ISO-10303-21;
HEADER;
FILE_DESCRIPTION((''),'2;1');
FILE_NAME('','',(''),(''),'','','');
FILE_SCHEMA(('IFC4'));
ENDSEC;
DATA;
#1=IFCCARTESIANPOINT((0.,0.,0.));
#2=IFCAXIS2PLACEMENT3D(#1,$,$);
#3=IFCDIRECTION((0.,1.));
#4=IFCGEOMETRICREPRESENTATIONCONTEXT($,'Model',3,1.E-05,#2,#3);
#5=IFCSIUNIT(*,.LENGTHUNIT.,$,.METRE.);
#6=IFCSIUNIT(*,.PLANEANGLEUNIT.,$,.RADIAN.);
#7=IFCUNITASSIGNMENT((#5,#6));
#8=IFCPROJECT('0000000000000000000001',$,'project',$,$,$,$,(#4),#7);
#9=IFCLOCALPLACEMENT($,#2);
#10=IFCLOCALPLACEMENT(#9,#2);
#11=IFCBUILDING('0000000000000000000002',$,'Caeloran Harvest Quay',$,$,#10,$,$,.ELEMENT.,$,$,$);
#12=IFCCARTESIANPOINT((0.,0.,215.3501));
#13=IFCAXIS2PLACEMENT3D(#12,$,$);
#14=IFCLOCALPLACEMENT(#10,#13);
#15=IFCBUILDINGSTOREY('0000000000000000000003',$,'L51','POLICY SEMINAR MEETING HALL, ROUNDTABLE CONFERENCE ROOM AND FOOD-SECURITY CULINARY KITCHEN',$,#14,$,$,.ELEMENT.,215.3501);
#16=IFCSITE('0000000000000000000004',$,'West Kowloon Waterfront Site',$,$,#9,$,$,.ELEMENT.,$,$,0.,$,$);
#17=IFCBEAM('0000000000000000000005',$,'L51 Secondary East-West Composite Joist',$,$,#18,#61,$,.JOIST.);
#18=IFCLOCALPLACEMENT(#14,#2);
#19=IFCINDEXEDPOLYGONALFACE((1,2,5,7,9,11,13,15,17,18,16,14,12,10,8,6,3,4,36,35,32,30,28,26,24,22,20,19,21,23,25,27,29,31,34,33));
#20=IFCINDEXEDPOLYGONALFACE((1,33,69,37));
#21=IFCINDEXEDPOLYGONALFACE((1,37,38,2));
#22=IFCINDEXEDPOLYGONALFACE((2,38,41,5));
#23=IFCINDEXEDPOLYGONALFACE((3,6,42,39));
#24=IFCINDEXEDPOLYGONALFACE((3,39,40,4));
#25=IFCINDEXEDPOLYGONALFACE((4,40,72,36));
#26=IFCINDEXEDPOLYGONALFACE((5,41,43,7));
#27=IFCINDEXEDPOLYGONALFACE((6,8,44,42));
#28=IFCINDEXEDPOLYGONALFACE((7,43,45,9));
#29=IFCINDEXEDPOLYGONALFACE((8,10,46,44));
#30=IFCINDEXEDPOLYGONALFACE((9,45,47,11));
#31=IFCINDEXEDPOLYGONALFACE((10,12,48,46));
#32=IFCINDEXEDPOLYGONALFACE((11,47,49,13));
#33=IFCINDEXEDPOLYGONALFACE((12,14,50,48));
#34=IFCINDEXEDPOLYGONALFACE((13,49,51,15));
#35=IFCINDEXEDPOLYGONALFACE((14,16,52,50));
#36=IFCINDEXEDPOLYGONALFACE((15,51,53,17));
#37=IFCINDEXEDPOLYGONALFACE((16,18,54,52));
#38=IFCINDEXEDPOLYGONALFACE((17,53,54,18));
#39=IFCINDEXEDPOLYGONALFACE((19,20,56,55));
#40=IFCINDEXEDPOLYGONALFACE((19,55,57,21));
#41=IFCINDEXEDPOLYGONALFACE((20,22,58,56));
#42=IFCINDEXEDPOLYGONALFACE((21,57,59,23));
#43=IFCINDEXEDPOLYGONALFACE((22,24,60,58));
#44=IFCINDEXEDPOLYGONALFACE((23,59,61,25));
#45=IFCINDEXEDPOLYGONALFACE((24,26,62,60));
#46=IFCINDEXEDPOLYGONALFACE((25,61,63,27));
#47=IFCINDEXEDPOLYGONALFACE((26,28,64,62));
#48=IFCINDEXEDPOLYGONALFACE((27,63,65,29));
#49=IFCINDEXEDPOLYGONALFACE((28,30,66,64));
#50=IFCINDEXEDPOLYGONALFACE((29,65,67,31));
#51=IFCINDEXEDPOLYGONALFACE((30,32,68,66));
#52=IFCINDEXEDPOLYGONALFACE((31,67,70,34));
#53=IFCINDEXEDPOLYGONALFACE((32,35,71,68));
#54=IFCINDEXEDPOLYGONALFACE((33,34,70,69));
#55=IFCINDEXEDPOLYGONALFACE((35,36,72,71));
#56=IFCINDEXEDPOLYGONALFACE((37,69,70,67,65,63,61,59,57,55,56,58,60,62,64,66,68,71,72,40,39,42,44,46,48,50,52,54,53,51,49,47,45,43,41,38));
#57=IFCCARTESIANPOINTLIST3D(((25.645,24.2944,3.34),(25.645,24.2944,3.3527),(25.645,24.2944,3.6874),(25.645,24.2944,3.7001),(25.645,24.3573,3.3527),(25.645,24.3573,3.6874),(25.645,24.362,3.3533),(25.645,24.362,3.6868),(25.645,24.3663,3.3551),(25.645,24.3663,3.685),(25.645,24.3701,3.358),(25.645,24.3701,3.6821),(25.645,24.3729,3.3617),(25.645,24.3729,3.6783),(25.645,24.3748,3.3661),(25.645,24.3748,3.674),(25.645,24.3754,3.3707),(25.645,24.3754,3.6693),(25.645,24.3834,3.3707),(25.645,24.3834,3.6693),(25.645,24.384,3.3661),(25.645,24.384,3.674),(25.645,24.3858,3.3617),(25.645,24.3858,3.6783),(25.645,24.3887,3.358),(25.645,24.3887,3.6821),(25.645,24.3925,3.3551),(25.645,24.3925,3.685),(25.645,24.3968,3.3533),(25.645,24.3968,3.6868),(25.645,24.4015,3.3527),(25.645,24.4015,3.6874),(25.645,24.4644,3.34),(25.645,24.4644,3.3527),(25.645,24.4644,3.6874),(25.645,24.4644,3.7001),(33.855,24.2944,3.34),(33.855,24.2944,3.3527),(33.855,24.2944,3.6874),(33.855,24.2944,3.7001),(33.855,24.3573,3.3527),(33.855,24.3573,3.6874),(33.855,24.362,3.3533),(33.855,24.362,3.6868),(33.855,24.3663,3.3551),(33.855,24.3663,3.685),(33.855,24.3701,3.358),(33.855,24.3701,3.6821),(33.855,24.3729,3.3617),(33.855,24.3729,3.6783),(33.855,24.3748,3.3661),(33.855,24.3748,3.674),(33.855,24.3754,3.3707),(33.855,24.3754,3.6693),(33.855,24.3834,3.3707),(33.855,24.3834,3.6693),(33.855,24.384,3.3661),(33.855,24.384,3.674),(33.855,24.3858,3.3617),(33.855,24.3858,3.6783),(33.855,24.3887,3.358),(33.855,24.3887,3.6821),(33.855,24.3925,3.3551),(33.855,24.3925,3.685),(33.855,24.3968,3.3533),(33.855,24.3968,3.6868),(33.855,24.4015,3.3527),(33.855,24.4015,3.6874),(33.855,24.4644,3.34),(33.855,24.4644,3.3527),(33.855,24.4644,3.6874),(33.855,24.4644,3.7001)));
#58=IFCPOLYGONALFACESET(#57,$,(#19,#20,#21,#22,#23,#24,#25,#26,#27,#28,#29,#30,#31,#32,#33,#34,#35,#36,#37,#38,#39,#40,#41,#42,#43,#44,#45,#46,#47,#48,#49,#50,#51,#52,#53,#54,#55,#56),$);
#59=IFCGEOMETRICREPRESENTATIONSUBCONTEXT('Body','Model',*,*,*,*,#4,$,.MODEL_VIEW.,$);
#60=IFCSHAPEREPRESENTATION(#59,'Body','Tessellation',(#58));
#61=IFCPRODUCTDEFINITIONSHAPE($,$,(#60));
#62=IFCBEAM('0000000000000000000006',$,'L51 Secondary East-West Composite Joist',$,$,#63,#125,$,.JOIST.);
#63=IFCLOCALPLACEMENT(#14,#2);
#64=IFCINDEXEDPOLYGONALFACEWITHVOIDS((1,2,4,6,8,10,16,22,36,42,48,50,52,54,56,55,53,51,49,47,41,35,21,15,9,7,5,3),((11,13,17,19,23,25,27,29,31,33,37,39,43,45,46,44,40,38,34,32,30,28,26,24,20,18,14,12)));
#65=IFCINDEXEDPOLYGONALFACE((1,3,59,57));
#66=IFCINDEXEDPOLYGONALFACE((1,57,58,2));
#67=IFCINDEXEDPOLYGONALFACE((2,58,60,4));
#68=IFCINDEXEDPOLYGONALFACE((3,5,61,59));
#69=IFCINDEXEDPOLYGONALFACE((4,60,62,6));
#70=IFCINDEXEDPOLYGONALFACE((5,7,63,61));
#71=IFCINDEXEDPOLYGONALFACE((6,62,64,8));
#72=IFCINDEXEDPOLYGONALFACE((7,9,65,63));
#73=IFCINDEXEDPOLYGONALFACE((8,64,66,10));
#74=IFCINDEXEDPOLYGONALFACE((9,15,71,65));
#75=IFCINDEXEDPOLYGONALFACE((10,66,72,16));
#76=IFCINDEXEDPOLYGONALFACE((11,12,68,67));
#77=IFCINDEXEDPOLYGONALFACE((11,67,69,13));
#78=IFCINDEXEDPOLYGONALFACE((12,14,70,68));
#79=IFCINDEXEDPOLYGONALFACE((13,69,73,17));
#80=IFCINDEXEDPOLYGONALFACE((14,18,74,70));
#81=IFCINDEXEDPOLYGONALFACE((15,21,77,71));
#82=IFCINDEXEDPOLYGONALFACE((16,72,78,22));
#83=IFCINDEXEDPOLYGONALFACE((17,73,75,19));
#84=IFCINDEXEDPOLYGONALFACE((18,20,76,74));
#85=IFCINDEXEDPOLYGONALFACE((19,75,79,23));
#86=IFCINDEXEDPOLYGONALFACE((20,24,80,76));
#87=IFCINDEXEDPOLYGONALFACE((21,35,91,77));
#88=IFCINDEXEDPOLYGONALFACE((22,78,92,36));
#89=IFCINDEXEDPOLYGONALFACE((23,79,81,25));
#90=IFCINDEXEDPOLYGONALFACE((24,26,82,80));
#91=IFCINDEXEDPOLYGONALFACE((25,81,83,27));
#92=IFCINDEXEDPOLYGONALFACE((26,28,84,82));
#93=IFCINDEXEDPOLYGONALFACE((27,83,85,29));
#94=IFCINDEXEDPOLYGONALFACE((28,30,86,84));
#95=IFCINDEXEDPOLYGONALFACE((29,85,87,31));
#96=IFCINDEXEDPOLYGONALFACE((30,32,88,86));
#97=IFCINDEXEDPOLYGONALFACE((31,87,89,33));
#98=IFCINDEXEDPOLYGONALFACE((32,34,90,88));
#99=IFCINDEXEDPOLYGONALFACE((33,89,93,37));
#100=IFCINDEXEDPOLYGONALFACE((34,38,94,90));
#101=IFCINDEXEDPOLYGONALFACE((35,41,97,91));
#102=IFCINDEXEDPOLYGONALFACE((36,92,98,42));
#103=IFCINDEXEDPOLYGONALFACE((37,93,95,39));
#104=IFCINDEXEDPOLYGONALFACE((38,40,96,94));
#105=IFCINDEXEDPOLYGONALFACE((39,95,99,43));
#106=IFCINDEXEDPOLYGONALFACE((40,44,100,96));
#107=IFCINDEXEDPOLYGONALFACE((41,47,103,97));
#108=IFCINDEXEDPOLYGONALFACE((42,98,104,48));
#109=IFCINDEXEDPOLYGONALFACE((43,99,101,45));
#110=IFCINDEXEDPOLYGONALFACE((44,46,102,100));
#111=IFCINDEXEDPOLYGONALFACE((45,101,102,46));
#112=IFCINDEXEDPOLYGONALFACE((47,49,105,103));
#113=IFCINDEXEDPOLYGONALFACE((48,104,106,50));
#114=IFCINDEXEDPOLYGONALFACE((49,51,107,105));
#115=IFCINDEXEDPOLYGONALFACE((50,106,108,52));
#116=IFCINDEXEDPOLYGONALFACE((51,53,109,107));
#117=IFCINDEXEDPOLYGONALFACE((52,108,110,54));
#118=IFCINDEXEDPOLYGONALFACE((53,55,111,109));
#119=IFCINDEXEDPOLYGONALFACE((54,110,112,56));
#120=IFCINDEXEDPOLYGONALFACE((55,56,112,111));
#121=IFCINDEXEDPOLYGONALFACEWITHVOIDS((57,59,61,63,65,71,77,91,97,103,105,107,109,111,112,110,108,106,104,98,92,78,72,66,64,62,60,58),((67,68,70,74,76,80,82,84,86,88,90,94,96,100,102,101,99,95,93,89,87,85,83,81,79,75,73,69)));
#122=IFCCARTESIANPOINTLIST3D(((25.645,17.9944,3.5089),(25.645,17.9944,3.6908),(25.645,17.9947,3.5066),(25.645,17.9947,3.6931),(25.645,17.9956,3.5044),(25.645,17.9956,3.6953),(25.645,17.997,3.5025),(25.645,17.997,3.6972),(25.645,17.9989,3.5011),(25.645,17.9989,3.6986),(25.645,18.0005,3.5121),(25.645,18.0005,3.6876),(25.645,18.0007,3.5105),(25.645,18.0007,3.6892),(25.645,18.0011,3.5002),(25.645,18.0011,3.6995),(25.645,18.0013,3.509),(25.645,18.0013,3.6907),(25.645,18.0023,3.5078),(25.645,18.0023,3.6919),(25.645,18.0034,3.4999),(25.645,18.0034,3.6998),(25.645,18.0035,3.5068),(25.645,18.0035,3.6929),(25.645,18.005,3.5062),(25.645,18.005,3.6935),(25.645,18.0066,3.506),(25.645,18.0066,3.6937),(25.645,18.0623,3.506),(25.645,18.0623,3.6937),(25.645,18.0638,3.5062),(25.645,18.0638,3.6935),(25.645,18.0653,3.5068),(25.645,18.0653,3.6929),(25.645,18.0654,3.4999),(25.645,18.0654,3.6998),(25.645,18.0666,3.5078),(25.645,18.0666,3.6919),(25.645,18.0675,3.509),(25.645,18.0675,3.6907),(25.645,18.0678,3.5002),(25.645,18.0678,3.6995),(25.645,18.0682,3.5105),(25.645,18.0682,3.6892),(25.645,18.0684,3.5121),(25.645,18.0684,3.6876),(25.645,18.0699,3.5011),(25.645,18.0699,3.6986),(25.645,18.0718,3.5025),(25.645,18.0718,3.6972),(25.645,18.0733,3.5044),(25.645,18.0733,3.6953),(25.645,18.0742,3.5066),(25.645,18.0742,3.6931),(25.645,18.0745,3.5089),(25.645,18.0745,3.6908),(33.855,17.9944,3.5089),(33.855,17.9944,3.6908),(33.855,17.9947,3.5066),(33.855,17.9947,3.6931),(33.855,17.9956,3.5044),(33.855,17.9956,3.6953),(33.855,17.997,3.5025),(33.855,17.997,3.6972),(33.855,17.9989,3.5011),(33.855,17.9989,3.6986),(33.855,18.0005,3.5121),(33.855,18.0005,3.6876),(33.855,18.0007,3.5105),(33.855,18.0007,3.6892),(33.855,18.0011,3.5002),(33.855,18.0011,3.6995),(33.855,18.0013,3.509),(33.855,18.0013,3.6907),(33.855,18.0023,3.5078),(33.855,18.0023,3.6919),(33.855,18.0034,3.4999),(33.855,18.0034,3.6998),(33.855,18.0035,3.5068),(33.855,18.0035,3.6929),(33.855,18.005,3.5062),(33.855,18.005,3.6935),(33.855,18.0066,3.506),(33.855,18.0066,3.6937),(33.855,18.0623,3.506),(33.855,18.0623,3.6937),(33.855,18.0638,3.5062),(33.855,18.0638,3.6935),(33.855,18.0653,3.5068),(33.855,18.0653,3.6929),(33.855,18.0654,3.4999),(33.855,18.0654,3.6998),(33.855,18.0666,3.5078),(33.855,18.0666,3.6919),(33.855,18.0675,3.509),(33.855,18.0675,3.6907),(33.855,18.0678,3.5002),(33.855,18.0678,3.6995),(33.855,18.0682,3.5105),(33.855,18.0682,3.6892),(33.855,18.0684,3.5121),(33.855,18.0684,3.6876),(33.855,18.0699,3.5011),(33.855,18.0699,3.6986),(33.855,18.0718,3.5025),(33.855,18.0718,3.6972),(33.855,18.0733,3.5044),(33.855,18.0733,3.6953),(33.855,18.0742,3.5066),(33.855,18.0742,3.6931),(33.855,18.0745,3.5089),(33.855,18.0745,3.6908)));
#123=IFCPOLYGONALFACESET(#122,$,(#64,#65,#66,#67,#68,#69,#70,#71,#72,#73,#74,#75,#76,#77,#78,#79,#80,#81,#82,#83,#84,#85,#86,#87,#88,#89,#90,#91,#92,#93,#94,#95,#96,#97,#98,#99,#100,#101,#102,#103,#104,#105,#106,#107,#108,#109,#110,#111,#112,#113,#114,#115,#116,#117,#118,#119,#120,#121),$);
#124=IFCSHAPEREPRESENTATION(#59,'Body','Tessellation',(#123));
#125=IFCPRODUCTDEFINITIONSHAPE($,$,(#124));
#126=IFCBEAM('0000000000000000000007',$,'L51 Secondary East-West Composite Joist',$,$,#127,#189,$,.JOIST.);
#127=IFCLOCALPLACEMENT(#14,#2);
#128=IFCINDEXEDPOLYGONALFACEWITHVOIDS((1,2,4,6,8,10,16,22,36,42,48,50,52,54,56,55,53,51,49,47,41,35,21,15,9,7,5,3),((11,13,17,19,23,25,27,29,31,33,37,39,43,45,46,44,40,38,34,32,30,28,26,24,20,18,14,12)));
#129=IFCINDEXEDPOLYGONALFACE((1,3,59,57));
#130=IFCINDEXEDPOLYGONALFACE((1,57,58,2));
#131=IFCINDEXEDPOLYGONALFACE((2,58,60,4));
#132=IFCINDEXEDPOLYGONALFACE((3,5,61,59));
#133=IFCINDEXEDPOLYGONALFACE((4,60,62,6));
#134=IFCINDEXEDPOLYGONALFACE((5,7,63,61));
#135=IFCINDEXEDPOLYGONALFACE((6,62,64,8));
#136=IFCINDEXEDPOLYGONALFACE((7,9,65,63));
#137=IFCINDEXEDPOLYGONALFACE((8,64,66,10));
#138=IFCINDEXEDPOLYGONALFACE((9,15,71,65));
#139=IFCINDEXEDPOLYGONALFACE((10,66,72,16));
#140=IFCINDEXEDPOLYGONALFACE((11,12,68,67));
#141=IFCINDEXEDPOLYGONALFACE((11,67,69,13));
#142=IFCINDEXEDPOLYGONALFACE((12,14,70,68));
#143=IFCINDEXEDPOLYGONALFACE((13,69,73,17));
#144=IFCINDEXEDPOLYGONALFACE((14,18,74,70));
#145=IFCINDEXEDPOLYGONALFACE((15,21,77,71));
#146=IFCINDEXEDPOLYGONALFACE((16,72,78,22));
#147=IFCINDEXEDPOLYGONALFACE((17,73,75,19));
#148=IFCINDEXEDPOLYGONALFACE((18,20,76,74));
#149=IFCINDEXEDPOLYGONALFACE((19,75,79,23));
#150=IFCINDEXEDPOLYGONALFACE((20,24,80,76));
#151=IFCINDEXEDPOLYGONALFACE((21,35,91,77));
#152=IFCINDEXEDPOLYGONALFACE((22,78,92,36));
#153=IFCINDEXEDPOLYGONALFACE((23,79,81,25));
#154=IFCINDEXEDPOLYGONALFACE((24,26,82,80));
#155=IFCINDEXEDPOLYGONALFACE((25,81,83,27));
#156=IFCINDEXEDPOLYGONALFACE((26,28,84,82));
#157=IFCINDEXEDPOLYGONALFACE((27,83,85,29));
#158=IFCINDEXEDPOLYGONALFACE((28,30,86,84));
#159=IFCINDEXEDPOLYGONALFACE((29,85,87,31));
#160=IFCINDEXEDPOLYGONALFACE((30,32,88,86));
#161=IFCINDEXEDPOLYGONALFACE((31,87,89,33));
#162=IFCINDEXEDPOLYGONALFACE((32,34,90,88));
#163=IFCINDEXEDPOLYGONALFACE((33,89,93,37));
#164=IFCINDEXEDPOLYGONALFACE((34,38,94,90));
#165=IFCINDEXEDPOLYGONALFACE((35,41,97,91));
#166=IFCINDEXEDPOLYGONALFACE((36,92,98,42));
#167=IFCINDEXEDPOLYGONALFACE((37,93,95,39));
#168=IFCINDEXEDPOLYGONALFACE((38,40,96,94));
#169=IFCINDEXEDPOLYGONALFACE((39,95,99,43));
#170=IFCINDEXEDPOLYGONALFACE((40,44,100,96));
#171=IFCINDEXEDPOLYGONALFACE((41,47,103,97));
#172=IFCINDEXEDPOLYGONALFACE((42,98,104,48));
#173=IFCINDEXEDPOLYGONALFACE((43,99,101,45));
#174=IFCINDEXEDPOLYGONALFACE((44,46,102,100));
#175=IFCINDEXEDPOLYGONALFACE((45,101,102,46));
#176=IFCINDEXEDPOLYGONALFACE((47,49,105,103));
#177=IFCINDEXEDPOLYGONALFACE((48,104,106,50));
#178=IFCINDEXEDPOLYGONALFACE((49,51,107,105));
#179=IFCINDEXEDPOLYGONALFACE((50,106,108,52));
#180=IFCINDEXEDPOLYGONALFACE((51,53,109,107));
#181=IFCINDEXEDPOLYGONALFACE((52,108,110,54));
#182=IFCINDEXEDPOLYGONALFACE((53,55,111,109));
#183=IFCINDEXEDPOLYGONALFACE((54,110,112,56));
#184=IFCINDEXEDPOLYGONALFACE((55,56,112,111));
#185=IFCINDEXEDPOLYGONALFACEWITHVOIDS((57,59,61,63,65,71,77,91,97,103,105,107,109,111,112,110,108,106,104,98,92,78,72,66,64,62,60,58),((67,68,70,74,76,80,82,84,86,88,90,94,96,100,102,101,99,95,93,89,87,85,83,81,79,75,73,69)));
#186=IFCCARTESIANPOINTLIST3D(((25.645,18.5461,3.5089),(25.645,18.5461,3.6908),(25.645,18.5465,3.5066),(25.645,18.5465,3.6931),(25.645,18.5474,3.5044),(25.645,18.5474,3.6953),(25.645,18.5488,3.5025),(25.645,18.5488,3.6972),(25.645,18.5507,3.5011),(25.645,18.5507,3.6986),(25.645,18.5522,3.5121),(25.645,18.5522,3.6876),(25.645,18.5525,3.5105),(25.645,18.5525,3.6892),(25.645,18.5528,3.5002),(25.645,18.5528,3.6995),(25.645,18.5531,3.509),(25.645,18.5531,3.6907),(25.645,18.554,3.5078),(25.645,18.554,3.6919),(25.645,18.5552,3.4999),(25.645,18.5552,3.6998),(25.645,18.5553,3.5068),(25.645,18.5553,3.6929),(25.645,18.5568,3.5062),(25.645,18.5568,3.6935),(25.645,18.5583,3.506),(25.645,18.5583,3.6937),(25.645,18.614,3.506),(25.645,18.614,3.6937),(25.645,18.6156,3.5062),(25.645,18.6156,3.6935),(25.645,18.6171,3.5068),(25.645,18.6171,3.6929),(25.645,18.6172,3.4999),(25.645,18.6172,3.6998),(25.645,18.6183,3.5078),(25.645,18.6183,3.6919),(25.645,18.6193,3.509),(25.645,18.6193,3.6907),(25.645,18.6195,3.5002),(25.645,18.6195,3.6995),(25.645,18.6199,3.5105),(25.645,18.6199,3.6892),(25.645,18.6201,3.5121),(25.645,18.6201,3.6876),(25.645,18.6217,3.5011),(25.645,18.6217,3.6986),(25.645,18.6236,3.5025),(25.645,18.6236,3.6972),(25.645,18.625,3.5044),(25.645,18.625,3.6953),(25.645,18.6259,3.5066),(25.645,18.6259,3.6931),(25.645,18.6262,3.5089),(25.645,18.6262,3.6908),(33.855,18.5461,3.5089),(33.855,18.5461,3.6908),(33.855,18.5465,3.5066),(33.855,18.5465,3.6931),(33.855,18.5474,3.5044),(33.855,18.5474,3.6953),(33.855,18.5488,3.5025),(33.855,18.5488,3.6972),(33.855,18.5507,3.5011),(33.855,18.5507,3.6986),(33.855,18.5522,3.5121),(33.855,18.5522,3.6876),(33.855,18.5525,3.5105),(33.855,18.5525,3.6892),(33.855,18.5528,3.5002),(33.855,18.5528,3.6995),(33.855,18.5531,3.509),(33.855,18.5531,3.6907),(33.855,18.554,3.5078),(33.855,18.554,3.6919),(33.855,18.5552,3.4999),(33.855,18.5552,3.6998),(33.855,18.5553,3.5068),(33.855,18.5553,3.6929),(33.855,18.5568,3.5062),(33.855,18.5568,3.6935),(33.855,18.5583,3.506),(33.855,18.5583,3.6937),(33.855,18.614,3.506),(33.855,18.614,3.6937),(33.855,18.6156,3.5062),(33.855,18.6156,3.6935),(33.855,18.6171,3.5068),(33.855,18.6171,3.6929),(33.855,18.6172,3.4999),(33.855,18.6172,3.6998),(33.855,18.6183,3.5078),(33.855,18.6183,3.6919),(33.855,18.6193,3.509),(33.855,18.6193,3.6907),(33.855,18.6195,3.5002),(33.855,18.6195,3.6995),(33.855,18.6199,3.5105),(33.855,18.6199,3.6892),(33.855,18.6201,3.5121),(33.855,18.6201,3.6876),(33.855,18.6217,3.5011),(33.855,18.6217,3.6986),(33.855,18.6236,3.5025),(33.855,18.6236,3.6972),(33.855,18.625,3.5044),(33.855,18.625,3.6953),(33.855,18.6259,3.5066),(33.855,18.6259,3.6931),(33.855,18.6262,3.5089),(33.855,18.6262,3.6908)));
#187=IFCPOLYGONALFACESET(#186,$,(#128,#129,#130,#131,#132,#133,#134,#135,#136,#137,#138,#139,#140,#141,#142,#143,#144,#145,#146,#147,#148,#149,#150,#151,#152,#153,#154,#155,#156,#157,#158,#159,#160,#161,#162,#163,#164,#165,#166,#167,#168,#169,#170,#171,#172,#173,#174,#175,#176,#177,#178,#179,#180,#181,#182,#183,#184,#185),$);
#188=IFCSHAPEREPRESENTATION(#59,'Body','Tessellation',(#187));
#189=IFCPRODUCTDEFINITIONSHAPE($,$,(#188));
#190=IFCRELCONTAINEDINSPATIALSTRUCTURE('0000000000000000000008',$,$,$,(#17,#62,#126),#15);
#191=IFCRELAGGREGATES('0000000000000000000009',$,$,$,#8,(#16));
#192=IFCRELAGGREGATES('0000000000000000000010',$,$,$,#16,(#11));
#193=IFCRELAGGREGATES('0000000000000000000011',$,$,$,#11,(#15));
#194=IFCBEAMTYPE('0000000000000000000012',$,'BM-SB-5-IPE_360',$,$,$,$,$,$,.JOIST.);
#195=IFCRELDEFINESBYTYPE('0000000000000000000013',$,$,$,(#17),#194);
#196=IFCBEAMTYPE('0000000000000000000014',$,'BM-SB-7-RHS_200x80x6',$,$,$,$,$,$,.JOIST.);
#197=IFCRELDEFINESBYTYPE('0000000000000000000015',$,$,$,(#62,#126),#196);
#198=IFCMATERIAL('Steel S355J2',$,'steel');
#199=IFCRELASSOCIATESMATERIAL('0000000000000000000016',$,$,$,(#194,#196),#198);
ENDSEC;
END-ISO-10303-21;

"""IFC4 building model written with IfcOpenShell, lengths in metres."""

from ifc_helpers import new_model, si_unit, direction, frame, origin, origin_2d, place, context, subcontext, project, spatial, hollow_rectangle, i_section, extrude, material, material_profile, profile_set, type_object, element, save


model = new_model("IFC4")

# Units and contexts
model_context = context("Model", 3, precision=1e-05, world=origin(), true_north=direction((0.0, 1.0)))
body_context = subcontext(model_context, "Body", "Model", "MODEL_VIEW")
ifc_project = project(units=[si_unit("LENGTHUNIT", "METRE"), si_unit("PLANEANGLEUNIT", "RADIAN")], contexts=[model_context])

# Site, building, storey
site_placement = place(None, origin())
site = spatial("IfcSite", under=ifc_project, at=site_placement, Name="West Kowloon Waterfront Site", CompositionType="ELEMENT", RefElevation=0.0)
building_placement = place(site_placement, origin())
building = spatial("IfcBuilding", under=site, at=building_placement, Name="Caeloran Harvest Quay", CompositionType="ELEMENT")
storey_placement = place(building_placement, frame((0.0, 0.0, 215.3501)))
storey = spatial("IfcBuildingStorey", under=building, at=storey_placement, Name="L51", Description="POLICY SEMINAR MEETING HALL, ROUNDTABLE CONFERENCE ROOM AND FOOD-SECURITY CULINARY KITCHEN", CompositionType="ELEMENT", Elevation=215.3501)

# Beams
ifc_material_1 = material(Name="Steel S355J2", Category="steel")
ifc_material_profile_1 = material_profile(ifc_material_1, i_section(OverallWidth=0.1699, OverallDepth=0.3601, WebThickness=0.0081, FlangeThickness=0.0127, FilletRadius=0.0181, at=origin_2d()), Name="IPE 360")
ifc_profile_set_1 = profile_set([ifc_material_profile_1], Name="Steel S355J2")
beam_type_1 = type_object("IfcBeamType", Name="BM-SB-5-IPE_360", PredefinedType="JOIST", material=ifc_profile_set_1)
for number, where, z_axis, x_axis, name in (
    (1, (25.645, 24.3794, 3.52), (1.0, 0.0, 0.0), (0.0, 1.0, 0.0), "L51 Secondary East-West Composite Joist"),
):
    element("IfcBeam", number, at=place(storey_placement, frame(where, z_axis=z_axis, x_axis=x_axis)), inside=storey, type_object=beam_type_1, Name=name, PredefinedType="JOIST", context=body_context, shape_type="SweptSolid", body=[
        extrude(i_section(OverallWidth=0.1699, OverallDepth=0.3601, WebThickness=0.0081, FlangeThickness=0.0127, FilletRadius=0.0181, at=origin_2d()), origin(), (0.0, 0.0, 1.0), 8.21),
    ])
ifc_material_profile_2 = material_profile(ifc_material_1, hollow_rectangle(XDim=0.0801, YDim=0.2, WallThickness=0.0061, InnerFilletRadius=0.0061, OuterFilletRadius=0.009, at=origin_2d()), Name="RHS 200x80x6")
ifc_profile_set_2 = profile_set([ifc_material_profile_2], Name="Steel S355J2")
beam_type_2 = type_object("IfcBeamType", Name="BM-SB-7-RHS_200x80x6", PredefinedType="JOIST", material=ifc_profile_set_2)
for number, where, z_axis, x_axis, name in (
    (2, (25.645, 18.0344, 3.5999), (1.0, 0.0, 0.0), (0.0, 1.0, 0.0), "L51 Secondary East-West Composite Joist"),
    (3, (25.645, 18.5862, 3.5999), (1.0, 0.0, 0.0), (0.0, 1.0, 0.0), "L51 Secondary East-West Composite Joist"),
):
    element("IfcBeam", number, at=place(storey_placement, frame(where, z_axis=z_axis, x_axis=x_axis)), inside=storey, type_object=beam_type_2, Name=name, PredefinedType="JOIST", context=body_context, shape_type="SweptSolid", body=[
        extrude(hollow_rectangle(XDim=0.0801, YDim=0.2, WallThickness=0.0061, InnerFilletRadius=0.0061, OuterFilletRadius=0.009, at=origin_2d()), origin(), (0.0, 0.0, 1.0), 8.21),
    ])

save(model, "model.ifc")
